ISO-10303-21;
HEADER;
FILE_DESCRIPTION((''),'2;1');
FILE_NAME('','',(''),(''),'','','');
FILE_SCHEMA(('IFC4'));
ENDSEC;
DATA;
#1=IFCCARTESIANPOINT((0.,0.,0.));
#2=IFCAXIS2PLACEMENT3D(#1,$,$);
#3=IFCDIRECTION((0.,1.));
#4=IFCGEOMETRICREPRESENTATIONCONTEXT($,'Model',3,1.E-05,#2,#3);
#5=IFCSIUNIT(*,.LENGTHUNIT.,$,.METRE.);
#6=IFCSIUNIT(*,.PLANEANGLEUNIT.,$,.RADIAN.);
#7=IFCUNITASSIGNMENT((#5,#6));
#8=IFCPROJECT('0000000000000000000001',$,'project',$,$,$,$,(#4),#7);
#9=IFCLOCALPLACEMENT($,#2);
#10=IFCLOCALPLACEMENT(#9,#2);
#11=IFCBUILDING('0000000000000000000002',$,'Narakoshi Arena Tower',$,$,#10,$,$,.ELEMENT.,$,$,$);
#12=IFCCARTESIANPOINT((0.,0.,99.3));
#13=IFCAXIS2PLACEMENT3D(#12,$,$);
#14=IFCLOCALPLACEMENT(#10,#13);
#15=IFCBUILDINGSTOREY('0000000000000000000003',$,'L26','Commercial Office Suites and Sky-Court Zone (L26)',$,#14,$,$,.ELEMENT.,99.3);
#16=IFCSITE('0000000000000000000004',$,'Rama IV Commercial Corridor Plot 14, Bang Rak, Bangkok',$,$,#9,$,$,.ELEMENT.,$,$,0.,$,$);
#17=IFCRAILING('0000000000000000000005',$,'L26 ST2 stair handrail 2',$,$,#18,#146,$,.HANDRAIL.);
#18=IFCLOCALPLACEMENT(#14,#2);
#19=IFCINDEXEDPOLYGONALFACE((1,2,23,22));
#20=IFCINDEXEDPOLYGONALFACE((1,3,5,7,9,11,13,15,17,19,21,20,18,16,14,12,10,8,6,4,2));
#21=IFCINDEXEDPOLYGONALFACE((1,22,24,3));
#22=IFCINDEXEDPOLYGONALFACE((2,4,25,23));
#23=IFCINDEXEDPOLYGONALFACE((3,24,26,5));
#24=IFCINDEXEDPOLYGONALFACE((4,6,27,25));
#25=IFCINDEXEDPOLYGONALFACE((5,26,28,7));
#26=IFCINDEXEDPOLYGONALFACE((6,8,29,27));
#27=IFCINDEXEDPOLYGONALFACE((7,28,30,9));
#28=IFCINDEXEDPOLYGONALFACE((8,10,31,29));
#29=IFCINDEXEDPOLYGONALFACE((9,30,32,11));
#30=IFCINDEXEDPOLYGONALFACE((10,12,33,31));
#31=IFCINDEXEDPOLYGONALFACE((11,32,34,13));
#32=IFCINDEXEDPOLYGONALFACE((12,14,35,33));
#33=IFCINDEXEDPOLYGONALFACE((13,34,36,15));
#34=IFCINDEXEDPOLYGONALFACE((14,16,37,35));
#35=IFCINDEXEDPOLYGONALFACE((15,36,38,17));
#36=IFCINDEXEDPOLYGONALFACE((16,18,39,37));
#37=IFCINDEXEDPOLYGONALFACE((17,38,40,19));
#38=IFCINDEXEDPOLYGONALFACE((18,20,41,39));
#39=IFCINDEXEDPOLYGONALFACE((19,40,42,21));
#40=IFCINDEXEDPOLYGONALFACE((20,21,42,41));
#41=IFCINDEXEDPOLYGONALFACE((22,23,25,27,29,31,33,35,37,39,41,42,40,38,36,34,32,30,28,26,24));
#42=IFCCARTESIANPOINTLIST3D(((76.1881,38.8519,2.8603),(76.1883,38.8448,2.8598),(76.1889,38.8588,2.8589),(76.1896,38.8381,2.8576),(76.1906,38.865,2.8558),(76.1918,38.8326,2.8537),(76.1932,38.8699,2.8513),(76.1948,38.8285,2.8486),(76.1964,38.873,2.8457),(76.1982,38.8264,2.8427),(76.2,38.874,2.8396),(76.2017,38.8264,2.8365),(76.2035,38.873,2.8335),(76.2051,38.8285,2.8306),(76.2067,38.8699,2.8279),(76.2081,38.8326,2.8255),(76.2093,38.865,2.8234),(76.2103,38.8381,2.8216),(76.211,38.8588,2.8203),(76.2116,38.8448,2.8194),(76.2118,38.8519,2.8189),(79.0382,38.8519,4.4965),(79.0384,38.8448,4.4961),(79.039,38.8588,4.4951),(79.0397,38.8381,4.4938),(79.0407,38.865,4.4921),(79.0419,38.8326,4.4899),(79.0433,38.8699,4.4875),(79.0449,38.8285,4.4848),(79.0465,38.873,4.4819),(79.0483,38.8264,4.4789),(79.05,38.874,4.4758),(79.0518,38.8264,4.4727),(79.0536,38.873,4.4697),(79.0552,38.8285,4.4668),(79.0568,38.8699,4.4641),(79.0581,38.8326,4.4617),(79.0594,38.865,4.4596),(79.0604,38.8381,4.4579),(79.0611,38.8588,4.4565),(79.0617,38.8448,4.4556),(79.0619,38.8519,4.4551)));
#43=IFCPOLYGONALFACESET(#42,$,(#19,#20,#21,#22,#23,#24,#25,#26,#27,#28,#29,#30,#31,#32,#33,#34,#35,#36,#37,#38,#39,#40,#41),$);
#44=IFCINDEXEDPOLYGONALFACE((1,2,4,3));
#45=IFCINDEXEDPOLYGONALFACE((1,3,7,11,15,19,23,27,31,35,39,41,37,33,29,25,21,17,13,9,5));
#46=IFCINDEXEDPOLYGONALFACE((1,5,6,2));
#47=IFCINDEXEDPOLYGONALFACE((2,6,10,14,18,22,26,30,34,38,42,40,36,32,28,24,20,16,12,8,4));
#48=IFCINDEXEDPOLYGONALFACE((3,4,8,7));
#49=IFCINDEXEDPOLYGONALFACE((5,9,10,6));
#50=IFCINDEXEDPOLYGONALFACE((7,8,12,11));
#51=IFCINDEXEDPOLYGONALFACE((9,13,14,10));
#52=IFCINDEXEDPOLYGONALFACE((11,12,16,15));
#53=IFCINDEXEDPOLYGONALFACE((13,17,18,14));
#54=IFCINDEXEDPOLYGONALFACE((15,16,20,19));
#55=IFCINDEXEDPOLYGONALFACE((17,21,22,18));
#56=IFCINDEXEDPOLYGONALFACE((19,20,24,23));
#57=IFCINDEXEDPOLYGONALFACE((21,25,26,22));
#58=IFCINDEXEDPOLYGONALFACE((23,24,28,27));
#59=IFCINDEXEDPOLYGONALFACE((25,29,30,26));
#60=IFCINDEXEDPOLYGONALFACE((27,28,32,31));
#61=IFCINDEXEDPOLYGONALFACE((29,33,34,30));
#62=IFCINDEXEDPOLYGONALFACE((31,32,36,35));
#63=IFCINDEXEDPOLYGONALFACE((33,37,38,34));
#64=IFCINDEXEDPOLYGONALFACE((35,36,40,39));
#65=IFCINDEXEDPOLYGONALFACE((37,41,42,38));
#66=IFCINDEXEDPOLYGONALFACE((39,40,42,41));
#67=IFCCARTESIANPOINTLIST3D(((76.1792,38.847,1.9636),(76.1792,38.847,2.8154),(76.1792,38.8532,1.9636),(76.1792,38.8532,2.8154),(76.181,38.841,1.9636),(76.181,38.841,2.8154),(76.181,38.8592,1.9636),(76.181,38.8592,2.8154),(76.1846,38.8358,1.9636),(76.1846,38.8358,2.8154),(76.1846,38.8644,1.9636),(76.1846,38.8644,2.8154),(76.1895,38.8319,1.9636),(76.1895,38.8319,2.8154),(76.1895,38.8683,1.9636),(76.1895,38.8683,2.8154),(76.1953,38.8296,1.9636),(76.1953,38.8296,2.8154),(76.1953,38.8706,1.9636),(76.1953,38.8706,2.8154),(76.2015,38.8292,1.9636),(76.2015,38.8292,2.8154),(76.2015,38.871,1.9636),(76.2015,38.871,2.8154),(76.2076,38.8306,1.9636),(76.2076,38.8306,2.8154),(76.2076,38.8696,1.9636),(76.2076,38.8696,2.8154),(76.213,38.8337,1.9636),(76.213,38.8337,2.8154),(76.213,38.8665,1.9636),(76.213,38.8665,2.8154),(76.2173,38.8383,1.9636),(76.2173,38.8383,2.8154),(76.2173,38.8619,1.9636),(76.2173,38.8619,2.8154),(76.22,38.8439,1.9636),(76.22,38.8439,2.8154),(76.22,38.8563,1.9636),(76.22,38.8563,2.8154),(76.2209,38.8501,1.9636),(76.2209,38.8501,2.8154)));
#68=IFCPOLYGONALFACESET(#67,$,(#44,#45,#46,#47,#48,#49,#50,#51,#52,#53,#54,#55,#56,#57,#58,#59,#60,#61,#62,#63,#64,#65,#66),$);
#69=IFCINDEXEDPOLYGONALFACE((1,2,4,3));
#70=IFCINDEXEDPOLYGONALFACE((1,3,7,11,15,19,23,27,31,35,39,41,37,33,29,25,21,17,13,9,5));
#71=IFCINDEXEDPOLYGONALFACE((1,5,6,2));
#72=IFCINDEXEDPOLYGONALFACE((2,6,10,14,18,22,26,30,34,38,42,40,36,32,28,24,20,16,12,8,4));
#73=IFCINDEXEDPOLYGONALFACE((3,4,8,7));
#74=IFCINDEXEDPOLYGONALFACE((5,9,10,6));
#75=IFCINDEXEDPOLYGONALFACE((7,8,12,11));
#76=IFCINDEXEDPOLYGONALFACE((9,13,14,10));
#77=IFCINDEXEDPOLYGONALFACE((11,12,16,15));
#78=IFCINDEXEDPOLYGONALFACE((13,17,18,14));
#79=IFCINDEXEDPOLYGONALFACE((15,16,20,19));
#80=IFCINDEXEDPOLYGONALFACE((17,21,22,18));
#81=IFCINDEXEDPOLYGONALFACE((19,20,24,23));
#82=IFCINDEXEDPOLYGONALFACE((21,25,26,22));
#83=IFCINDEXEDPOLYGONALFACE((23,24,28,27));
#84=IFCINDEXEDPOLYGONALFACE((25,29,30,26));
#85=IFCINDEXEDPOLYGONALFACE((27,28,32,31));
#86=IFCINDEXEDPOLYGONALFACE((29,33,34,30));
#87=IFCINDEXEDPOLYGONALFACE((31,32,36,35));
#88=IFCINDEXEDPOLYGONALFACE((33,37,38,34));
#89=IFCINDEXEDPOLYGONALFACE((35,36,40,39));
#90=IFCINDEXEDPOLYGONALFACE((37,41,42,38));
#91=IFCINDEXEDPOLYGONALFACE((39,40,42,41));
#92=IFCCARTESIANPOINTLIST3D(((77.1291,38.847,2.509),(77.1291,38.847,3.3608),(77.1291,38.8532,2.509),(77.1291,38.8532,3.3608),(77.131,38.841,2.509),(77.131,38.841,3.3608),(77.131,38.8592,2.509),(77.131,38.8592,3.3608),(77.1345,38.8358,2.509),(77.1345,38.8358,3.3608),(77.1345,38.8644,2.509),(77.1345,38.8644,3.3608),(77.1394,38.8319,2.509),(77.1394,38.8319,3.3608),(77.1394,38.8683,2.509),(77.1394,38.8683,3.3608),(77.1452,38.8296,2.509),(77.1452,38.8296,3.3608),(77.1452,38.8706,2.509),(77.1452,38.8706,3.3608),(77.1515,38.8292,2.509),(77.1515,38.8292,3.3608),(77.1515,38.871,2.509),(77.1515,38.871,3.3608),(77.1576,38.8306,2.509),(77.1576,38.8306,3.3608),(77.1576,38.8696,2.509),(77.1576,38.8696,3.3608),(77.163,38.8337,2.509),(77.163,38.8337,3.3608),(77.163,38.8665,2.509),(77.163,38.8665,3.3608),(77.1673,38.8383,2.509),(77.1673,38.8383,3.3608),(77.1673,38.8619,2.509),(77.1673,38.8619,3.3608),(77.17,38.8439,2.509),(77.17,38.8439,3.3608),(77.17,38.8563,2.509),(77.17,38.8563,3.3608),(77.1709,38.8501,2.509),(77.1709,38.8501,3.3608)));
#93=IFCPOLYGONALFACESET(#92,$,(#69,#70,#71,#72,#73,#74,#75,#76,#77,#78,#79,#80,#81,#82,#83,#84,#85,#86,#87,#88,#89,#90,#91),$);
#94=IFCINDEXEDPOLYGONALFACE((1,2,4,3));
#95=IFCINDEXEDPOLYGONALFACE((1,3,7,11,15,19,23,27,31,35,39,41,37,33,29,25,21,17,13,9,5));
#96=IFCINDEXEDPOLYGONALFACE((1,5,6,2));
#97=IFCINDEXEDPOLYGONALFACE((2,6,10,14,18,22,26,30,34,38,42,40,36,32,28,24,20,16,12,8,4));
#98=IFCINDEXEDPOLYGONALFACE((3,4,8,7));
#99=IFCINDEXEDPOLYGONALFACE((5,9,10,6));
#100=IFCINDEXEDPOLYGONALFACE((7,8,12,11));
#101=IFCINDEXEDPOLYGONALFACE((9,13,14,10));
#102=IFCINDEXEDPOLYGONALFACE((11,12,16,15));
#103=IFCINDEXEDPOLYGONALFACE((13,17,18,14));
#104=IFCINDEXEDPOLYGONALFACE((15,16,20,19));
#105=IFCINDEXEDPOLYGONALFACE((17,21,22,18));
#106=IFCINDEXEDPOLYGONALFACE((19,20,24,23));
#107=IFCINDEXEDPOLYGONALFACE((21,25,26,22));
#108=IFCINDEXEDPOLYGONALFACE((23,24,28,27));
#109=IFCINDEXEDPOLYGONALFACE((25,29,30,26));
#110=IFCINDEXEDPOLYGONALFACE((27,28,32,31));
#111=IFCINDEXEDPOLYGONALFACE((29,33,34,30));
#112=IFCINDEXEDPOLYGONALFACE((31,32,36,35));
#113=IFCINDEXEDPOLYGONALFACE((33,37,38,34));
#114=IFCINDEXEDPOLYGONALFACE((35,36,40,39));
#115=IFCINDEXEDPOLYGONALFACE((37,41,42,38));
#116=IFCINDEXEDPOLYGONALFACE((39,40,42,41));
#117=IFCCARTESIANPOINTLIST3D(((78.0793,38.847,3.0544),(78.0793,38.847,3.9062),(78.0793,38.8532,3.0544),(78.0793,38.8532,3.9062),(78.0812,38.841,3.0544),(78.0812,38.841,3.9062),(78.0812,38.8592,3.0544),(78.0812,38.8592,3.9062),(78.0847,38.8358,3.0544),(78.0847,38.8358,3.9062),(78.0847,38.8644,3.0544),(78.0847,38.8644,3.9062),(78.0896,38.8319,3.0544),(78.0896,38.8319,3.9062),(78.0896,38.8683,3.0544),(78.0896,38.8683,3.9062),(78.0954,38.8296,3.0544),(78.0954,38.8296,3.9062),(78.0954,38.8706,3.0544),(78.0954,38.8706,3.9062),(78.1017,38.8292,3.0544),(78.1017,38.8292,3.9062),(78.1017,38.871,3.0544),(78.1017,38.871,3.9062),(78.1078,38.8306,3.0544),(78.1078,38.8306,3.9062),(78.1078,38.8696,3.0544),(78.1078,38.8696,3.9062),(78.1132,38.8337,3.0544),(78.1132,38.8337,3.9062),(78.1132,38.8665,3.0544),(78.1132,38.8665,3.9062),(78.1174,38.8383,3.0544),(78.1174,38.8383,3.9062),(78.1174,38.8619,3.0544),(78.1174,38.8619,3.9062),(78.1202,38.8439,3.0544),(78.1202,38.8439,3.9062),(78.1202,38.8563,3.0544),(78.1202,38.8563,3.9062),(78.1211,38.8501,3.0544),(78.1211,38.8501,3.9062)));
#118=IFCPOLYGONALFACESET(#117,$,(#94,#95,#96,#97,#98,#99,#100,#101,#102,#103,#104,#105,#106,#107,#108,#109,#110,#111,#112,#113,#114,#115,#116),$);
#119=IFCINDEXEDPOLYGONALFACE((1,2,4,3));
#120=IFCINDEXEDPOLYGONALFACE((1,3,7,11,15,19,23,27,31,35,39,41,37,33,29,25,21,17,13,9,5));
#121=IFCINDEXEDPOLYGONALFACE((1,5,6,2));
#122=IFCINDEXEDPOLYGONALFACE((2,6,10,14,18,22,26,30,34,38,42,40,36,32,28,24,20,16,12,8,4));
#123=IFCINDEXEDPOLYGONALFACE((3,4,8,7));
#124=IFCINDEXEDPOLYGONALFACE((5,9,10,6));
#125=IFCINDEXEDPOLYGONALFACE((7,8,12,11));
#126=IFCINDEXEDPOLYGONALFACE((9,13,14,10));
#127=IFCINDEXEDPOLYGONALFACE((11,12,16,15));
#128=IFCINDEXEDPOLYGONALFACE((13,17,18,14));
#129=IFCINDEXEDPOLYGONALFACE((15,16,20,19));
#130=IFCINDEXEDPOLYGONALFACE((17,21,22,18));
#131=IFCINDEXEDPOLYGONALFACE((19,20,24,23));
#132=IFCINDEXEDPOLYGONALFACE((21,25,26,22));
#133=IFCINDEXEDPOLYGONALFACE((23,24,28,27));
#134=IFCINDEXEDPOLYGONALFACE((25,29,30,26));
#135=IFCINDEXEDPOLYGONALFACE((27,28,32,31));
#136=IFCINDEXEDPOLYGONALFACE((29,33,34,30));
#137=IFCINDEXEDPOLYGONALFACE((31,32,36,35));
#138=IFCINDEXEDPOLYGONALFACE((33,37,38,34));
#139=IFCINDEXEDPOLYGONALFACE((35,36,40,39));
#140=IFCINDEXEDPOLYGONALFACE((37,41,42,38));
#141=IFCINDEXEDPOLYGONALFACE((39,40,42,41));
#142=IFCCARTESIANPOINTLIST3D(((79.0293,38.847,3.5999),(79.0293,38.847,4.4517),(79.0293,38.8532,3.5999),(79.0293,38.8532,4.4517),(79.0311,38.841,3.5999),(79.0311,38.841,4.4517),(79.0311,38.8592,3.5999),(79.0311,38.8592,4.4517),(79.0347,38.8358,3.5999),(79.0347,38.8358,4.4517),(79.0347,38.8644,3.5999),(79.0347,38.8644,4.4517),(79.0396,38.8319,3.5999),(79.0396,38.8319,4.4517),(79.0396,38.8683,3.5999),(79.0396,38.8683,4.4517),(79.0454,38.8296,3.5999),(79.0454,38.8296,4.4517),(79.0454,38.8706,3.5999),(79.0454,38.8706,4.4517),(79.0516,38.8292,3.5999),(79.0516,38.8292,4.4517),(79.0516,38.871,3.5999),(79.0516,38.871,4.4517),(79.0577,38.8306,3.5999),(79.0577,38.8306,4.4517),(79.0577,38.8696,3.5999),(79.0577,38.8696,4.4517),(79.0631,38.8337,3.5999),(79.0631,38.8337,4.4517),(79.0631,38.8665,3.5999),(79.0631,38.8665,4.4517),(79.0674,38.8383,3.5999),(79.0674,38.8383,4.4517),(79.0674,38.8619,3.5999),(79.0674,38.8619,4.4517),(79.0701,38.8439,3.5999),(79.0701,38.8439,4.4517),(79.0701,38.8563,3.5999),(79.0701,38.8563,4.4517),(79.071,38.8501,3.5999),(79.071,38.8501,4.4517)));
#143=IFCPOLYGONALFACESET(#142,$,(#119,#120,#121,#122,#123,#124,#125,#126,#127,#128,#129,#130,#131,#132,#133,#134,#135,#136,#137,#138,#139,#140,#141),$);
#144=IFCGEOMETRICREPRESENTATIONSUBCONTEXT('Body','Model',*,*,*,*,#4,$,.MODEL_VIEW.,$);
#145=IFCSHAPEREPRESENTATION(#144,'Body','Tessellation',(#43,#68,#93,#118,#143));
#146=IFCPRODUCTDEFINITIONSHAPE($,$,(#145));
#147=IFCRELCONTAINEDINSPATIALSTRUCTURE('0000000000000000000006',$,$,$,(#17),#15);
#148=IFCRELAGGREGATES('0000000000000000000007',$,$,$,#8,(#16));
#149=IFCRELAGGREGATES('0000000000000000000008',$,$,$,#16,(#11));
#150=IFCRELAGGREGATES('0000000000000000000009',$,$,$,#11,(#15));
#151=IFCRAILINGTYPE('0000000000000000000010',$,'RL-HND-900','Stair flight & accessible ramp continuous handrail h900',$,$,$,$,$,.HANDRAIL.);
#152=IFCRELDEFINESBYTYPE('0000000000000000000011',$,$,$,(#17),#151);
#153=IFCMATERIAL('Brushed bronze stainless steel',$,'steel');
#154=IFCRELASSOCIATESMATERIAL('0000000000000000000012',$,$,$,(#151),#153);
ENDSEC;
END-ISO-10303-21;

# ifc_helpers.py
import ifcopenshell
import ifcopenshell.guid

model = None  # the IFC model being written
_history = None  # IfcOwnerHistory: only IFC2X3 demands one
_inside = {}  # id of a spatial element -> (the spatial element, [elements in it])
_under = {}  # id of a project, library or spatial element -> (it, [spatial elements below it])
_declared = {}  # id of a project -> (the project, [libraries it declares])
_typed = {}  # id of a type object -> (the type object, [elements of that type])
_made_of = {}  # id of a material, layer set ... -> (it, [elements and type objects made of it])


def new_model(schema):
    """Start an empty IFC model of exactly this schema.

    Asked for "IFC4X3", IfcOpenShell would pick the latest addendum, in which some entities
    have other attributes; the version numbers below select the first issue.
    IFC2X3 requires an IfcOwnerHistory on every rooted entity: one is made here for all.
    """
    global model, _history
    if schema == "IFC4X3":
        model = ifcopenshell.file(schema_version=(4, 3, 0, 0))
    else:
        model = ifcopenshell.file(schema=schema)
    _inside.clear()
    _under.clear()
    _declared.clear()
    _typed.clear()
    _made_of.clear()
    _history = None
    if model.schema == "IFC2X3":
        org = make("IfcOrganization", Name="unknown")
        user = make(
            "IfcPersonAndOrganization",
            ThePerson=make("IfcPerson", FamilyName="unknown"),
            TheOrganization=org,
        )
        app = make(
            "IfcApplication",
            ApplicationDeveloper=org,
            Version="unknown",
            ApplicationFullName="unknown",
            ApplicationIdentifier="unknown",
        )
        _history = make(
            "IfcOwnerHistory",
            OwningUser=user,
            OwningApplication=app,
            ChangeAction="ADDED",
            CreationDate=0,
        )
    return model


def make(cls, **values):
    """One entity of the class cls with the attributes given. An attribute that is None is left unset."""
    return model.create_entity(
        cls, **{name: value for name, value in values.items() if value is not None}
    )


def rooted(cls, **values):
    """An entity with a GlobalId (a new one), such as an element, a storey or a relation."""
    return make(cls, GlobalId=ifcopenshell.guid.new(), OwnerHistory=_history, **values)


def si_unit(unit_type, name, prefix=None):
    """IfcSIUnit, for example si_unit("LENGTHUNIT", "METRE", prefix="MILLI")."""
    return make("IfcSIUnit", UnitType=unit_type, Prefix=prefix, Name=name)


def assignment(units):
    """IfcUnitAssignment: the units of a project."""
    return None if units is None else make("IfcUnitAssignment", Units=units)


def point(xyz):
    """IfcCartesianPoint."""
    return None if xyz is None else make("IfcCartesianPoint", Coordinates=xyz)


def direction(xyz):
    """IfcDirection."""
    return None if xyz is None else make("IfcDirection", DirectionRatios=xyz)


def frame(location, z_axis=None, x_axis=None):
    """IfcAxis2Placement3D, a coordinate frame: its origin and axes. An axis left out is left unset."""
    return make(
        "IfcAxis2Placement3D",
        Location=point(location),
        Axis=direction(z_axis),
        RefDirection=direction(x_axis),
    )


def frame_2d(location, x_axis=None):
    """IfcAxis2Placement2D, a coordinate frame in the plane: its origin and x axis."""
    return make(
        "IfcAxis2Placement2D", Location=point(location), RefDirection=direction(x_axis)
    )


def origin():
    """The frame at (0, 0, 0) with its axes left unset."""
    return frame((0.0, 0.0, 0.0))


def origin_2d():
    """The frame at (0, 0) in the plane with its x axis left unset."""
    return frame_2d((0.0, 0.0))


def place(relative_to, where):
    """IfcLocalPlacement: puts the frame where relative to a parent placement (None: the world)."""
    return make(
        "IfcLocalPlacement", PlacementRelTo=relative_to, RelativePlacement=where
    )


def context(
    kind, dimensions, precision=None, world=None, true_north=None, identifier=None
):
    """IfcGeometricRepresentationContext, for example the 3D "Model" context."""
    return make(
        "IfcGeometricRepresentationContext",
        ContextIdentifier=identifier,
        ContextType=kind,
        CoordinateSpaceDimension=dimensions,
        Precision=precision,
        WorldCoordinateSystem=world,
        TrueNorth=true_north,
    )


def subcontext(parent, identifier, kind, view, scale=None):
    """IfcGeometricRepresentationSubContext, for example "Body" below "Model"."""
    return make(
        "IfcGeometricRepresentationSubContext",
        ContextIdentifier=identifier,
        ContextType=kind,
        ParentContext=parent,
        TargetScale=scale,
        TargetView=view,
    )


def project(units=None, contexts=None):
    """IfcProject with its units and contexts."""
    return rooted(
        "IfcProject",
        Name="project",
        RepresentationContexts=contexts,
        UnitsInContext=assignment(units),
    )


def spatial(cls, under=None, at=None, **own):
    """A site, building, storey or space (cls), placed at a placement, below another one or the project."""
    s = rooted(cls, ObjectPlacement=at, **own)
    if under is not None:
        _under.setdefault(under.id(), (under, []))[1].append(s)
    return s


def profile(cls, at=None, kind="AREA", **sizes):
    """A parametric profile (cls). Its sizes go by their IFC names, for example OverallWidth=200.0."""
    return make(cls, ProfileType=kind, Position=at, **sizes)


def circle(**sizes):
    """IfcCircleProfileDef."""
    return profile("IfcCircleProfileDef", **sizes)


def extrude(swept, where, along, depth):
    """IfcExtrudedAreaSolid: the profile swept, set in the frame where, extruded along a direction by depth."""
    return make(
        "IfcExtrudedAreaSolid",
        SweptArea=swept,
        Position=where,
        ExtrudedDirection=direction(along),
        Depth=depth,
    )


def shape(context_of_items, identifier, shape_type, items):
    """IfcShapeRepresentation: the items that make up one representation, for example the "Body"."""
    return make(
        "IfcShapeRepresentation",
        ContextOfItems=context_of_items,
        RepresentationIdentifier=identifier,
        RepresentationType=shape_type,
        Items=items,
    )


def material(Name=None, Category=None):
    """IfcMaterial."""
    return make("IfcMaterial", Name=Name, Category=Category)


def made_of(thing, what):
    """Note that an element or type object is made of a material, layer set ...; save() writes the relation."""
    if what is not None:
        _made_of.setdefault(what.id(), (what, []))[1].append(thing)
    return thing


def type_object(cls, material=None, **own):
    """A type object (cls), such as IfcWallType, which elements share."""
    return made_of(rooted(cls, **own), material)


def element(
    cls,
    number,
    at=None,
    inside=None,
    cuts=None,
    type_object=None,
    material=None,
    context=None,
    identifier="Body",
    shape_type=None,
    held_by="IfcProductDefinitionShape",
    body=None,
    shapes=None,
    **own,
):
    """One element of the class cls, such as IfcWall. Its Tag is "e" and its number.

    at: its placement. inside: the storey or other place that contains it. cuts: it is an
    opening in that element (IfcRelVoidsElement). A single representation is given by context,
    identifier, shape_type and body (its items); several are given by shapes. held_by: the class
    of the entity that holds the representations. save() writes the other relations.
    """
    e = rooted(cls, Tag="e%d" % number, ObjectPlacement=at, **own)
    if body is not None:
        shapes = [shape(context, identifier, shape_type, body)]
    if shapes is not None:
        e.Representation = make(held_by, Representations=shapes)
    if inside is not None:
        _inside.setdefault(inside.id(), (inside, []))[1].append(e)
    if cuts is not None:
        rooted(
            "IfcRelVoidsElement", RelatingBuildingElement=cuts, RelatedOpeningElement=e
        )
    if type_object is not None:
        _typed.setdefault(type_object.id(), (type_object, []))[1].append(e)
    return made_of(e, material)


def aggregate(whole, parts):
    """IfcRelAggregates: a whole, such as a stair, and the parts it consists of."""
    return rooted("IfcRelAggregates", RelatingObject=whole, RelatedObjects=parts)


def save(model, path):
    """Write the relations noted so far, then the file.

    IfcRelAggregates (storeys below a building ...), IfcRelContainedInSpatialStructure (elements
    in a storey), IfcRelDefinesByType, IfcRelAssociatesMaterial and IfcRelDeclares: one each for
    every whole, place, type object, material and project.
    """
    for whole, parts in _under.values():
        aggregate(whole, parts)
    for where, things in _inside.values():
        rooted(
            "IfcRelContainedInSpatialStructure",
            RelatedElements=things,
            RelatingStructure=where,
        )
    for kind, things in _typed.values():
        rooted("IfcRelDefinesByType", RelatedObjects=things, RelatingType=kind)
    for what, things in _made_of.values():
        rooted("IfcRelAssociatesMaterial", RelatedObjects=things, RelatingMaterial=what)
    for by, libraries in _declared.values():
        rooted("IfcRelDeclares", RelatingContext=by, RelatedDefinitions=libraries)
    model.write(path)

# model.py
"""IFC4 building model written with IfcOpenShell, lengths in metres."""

from ifc_helpers import new_model, si_unit, direction, frame, origin, origin_2d, place, context, subcontext, project, spatial, circle, extrude, material, type_object, element, save


model = new_model("IFC4")

# Units and contexts
model_context = context("Model", 3, precision=1e-05, world=origin(), true_north=direction((0.0, 1.0)))
body_context = subcontext(model_context, "Body", "Model", "MODEL_VIEW")
ifc_project = project(units=[si_unit("LENGTHUNIT", "METRE"), si_unit("PLANEANGLEUNIT", "RADIAN")], contexts=[model_context])

# Site, building, storey
site_placement = place(None, origin())
site = spatial("IfcSite", under=ifc_project, at=site_placement, Name="Rama IV Commercial Corridor Plot 14, Bang Rak, Bangkok", CompositionType="ELEMENT", RefElevation=0.0)
building_placement = place(site_placement, origin())
building = spatial("IfcBuilding", under=site, at=building_placement, Name="Narakoshi Arena Tower", CompositionType="ELEMENT")
storey_placement = place(building_placement, frame((0.0, 0.0, 99.3)))
storey = spatial("IfcBuildingStorey", under=building, at=storey_placement, Name="L26", Description="Commercial Office Suites and Sky-Court Zone (L26)", CompositionType="ELEMENT", Elevation=99.3)

# Railing
ifc_material_1 = material(Name="Brushed bronze stainless steel", Category="steel")
railing_type_1 = type_object("IfcRailingType", Name="RL-HND-900", Description="Stair flight & accessible ramp continuous handrail h900", PredefinedType="HANDRAIL", material=ifc_material_1)
railing_1_placement = place(storey_placement, frame((76.2, 38.8501, 1.9636)))
element("IfcRailing", 1, at=railing_1_placement, inside=storey, type_object=railing_type_1, Name="L26 ST2 stair handrail 2", PredefinedType="HANDRAIL", context=body_context, shape_type="SweptSolid", body=[
    extrude(circle(Radius=0.0239, at=origin_2d()), frame((0.0, 0.0, 0.876), z_axis=(0.867245, 0.0, 0.497882), x_axis=(0.0, 1.0, 0.0)), (0.0, 0.0, 1.0), 3.2864),
    extrude(circle(Radius=0.021, at=origin_2d()), origin(), (0.0, 0.0, 1.0), 0.8518),
    extrude(circle(Radius=0.021, at=origin_2d()), frame((0.95, 0.0, 0.5454)), (0.0, 0.0, 1.0), 0.8518),
    extrude(circle(Radius=0.021, at=origin_2d()), frame((1.9001, 0.0, 1.0908)), (0.0, 0.0, 1.0), 0.8518),
    extrude(circle(Radius=0.021, at=origin_2d()), frame((2.8501, 0.0, 1.6362)), (0.0, 0.0, 1.0), 0.8518),
])

save(model, "model.ifc")
